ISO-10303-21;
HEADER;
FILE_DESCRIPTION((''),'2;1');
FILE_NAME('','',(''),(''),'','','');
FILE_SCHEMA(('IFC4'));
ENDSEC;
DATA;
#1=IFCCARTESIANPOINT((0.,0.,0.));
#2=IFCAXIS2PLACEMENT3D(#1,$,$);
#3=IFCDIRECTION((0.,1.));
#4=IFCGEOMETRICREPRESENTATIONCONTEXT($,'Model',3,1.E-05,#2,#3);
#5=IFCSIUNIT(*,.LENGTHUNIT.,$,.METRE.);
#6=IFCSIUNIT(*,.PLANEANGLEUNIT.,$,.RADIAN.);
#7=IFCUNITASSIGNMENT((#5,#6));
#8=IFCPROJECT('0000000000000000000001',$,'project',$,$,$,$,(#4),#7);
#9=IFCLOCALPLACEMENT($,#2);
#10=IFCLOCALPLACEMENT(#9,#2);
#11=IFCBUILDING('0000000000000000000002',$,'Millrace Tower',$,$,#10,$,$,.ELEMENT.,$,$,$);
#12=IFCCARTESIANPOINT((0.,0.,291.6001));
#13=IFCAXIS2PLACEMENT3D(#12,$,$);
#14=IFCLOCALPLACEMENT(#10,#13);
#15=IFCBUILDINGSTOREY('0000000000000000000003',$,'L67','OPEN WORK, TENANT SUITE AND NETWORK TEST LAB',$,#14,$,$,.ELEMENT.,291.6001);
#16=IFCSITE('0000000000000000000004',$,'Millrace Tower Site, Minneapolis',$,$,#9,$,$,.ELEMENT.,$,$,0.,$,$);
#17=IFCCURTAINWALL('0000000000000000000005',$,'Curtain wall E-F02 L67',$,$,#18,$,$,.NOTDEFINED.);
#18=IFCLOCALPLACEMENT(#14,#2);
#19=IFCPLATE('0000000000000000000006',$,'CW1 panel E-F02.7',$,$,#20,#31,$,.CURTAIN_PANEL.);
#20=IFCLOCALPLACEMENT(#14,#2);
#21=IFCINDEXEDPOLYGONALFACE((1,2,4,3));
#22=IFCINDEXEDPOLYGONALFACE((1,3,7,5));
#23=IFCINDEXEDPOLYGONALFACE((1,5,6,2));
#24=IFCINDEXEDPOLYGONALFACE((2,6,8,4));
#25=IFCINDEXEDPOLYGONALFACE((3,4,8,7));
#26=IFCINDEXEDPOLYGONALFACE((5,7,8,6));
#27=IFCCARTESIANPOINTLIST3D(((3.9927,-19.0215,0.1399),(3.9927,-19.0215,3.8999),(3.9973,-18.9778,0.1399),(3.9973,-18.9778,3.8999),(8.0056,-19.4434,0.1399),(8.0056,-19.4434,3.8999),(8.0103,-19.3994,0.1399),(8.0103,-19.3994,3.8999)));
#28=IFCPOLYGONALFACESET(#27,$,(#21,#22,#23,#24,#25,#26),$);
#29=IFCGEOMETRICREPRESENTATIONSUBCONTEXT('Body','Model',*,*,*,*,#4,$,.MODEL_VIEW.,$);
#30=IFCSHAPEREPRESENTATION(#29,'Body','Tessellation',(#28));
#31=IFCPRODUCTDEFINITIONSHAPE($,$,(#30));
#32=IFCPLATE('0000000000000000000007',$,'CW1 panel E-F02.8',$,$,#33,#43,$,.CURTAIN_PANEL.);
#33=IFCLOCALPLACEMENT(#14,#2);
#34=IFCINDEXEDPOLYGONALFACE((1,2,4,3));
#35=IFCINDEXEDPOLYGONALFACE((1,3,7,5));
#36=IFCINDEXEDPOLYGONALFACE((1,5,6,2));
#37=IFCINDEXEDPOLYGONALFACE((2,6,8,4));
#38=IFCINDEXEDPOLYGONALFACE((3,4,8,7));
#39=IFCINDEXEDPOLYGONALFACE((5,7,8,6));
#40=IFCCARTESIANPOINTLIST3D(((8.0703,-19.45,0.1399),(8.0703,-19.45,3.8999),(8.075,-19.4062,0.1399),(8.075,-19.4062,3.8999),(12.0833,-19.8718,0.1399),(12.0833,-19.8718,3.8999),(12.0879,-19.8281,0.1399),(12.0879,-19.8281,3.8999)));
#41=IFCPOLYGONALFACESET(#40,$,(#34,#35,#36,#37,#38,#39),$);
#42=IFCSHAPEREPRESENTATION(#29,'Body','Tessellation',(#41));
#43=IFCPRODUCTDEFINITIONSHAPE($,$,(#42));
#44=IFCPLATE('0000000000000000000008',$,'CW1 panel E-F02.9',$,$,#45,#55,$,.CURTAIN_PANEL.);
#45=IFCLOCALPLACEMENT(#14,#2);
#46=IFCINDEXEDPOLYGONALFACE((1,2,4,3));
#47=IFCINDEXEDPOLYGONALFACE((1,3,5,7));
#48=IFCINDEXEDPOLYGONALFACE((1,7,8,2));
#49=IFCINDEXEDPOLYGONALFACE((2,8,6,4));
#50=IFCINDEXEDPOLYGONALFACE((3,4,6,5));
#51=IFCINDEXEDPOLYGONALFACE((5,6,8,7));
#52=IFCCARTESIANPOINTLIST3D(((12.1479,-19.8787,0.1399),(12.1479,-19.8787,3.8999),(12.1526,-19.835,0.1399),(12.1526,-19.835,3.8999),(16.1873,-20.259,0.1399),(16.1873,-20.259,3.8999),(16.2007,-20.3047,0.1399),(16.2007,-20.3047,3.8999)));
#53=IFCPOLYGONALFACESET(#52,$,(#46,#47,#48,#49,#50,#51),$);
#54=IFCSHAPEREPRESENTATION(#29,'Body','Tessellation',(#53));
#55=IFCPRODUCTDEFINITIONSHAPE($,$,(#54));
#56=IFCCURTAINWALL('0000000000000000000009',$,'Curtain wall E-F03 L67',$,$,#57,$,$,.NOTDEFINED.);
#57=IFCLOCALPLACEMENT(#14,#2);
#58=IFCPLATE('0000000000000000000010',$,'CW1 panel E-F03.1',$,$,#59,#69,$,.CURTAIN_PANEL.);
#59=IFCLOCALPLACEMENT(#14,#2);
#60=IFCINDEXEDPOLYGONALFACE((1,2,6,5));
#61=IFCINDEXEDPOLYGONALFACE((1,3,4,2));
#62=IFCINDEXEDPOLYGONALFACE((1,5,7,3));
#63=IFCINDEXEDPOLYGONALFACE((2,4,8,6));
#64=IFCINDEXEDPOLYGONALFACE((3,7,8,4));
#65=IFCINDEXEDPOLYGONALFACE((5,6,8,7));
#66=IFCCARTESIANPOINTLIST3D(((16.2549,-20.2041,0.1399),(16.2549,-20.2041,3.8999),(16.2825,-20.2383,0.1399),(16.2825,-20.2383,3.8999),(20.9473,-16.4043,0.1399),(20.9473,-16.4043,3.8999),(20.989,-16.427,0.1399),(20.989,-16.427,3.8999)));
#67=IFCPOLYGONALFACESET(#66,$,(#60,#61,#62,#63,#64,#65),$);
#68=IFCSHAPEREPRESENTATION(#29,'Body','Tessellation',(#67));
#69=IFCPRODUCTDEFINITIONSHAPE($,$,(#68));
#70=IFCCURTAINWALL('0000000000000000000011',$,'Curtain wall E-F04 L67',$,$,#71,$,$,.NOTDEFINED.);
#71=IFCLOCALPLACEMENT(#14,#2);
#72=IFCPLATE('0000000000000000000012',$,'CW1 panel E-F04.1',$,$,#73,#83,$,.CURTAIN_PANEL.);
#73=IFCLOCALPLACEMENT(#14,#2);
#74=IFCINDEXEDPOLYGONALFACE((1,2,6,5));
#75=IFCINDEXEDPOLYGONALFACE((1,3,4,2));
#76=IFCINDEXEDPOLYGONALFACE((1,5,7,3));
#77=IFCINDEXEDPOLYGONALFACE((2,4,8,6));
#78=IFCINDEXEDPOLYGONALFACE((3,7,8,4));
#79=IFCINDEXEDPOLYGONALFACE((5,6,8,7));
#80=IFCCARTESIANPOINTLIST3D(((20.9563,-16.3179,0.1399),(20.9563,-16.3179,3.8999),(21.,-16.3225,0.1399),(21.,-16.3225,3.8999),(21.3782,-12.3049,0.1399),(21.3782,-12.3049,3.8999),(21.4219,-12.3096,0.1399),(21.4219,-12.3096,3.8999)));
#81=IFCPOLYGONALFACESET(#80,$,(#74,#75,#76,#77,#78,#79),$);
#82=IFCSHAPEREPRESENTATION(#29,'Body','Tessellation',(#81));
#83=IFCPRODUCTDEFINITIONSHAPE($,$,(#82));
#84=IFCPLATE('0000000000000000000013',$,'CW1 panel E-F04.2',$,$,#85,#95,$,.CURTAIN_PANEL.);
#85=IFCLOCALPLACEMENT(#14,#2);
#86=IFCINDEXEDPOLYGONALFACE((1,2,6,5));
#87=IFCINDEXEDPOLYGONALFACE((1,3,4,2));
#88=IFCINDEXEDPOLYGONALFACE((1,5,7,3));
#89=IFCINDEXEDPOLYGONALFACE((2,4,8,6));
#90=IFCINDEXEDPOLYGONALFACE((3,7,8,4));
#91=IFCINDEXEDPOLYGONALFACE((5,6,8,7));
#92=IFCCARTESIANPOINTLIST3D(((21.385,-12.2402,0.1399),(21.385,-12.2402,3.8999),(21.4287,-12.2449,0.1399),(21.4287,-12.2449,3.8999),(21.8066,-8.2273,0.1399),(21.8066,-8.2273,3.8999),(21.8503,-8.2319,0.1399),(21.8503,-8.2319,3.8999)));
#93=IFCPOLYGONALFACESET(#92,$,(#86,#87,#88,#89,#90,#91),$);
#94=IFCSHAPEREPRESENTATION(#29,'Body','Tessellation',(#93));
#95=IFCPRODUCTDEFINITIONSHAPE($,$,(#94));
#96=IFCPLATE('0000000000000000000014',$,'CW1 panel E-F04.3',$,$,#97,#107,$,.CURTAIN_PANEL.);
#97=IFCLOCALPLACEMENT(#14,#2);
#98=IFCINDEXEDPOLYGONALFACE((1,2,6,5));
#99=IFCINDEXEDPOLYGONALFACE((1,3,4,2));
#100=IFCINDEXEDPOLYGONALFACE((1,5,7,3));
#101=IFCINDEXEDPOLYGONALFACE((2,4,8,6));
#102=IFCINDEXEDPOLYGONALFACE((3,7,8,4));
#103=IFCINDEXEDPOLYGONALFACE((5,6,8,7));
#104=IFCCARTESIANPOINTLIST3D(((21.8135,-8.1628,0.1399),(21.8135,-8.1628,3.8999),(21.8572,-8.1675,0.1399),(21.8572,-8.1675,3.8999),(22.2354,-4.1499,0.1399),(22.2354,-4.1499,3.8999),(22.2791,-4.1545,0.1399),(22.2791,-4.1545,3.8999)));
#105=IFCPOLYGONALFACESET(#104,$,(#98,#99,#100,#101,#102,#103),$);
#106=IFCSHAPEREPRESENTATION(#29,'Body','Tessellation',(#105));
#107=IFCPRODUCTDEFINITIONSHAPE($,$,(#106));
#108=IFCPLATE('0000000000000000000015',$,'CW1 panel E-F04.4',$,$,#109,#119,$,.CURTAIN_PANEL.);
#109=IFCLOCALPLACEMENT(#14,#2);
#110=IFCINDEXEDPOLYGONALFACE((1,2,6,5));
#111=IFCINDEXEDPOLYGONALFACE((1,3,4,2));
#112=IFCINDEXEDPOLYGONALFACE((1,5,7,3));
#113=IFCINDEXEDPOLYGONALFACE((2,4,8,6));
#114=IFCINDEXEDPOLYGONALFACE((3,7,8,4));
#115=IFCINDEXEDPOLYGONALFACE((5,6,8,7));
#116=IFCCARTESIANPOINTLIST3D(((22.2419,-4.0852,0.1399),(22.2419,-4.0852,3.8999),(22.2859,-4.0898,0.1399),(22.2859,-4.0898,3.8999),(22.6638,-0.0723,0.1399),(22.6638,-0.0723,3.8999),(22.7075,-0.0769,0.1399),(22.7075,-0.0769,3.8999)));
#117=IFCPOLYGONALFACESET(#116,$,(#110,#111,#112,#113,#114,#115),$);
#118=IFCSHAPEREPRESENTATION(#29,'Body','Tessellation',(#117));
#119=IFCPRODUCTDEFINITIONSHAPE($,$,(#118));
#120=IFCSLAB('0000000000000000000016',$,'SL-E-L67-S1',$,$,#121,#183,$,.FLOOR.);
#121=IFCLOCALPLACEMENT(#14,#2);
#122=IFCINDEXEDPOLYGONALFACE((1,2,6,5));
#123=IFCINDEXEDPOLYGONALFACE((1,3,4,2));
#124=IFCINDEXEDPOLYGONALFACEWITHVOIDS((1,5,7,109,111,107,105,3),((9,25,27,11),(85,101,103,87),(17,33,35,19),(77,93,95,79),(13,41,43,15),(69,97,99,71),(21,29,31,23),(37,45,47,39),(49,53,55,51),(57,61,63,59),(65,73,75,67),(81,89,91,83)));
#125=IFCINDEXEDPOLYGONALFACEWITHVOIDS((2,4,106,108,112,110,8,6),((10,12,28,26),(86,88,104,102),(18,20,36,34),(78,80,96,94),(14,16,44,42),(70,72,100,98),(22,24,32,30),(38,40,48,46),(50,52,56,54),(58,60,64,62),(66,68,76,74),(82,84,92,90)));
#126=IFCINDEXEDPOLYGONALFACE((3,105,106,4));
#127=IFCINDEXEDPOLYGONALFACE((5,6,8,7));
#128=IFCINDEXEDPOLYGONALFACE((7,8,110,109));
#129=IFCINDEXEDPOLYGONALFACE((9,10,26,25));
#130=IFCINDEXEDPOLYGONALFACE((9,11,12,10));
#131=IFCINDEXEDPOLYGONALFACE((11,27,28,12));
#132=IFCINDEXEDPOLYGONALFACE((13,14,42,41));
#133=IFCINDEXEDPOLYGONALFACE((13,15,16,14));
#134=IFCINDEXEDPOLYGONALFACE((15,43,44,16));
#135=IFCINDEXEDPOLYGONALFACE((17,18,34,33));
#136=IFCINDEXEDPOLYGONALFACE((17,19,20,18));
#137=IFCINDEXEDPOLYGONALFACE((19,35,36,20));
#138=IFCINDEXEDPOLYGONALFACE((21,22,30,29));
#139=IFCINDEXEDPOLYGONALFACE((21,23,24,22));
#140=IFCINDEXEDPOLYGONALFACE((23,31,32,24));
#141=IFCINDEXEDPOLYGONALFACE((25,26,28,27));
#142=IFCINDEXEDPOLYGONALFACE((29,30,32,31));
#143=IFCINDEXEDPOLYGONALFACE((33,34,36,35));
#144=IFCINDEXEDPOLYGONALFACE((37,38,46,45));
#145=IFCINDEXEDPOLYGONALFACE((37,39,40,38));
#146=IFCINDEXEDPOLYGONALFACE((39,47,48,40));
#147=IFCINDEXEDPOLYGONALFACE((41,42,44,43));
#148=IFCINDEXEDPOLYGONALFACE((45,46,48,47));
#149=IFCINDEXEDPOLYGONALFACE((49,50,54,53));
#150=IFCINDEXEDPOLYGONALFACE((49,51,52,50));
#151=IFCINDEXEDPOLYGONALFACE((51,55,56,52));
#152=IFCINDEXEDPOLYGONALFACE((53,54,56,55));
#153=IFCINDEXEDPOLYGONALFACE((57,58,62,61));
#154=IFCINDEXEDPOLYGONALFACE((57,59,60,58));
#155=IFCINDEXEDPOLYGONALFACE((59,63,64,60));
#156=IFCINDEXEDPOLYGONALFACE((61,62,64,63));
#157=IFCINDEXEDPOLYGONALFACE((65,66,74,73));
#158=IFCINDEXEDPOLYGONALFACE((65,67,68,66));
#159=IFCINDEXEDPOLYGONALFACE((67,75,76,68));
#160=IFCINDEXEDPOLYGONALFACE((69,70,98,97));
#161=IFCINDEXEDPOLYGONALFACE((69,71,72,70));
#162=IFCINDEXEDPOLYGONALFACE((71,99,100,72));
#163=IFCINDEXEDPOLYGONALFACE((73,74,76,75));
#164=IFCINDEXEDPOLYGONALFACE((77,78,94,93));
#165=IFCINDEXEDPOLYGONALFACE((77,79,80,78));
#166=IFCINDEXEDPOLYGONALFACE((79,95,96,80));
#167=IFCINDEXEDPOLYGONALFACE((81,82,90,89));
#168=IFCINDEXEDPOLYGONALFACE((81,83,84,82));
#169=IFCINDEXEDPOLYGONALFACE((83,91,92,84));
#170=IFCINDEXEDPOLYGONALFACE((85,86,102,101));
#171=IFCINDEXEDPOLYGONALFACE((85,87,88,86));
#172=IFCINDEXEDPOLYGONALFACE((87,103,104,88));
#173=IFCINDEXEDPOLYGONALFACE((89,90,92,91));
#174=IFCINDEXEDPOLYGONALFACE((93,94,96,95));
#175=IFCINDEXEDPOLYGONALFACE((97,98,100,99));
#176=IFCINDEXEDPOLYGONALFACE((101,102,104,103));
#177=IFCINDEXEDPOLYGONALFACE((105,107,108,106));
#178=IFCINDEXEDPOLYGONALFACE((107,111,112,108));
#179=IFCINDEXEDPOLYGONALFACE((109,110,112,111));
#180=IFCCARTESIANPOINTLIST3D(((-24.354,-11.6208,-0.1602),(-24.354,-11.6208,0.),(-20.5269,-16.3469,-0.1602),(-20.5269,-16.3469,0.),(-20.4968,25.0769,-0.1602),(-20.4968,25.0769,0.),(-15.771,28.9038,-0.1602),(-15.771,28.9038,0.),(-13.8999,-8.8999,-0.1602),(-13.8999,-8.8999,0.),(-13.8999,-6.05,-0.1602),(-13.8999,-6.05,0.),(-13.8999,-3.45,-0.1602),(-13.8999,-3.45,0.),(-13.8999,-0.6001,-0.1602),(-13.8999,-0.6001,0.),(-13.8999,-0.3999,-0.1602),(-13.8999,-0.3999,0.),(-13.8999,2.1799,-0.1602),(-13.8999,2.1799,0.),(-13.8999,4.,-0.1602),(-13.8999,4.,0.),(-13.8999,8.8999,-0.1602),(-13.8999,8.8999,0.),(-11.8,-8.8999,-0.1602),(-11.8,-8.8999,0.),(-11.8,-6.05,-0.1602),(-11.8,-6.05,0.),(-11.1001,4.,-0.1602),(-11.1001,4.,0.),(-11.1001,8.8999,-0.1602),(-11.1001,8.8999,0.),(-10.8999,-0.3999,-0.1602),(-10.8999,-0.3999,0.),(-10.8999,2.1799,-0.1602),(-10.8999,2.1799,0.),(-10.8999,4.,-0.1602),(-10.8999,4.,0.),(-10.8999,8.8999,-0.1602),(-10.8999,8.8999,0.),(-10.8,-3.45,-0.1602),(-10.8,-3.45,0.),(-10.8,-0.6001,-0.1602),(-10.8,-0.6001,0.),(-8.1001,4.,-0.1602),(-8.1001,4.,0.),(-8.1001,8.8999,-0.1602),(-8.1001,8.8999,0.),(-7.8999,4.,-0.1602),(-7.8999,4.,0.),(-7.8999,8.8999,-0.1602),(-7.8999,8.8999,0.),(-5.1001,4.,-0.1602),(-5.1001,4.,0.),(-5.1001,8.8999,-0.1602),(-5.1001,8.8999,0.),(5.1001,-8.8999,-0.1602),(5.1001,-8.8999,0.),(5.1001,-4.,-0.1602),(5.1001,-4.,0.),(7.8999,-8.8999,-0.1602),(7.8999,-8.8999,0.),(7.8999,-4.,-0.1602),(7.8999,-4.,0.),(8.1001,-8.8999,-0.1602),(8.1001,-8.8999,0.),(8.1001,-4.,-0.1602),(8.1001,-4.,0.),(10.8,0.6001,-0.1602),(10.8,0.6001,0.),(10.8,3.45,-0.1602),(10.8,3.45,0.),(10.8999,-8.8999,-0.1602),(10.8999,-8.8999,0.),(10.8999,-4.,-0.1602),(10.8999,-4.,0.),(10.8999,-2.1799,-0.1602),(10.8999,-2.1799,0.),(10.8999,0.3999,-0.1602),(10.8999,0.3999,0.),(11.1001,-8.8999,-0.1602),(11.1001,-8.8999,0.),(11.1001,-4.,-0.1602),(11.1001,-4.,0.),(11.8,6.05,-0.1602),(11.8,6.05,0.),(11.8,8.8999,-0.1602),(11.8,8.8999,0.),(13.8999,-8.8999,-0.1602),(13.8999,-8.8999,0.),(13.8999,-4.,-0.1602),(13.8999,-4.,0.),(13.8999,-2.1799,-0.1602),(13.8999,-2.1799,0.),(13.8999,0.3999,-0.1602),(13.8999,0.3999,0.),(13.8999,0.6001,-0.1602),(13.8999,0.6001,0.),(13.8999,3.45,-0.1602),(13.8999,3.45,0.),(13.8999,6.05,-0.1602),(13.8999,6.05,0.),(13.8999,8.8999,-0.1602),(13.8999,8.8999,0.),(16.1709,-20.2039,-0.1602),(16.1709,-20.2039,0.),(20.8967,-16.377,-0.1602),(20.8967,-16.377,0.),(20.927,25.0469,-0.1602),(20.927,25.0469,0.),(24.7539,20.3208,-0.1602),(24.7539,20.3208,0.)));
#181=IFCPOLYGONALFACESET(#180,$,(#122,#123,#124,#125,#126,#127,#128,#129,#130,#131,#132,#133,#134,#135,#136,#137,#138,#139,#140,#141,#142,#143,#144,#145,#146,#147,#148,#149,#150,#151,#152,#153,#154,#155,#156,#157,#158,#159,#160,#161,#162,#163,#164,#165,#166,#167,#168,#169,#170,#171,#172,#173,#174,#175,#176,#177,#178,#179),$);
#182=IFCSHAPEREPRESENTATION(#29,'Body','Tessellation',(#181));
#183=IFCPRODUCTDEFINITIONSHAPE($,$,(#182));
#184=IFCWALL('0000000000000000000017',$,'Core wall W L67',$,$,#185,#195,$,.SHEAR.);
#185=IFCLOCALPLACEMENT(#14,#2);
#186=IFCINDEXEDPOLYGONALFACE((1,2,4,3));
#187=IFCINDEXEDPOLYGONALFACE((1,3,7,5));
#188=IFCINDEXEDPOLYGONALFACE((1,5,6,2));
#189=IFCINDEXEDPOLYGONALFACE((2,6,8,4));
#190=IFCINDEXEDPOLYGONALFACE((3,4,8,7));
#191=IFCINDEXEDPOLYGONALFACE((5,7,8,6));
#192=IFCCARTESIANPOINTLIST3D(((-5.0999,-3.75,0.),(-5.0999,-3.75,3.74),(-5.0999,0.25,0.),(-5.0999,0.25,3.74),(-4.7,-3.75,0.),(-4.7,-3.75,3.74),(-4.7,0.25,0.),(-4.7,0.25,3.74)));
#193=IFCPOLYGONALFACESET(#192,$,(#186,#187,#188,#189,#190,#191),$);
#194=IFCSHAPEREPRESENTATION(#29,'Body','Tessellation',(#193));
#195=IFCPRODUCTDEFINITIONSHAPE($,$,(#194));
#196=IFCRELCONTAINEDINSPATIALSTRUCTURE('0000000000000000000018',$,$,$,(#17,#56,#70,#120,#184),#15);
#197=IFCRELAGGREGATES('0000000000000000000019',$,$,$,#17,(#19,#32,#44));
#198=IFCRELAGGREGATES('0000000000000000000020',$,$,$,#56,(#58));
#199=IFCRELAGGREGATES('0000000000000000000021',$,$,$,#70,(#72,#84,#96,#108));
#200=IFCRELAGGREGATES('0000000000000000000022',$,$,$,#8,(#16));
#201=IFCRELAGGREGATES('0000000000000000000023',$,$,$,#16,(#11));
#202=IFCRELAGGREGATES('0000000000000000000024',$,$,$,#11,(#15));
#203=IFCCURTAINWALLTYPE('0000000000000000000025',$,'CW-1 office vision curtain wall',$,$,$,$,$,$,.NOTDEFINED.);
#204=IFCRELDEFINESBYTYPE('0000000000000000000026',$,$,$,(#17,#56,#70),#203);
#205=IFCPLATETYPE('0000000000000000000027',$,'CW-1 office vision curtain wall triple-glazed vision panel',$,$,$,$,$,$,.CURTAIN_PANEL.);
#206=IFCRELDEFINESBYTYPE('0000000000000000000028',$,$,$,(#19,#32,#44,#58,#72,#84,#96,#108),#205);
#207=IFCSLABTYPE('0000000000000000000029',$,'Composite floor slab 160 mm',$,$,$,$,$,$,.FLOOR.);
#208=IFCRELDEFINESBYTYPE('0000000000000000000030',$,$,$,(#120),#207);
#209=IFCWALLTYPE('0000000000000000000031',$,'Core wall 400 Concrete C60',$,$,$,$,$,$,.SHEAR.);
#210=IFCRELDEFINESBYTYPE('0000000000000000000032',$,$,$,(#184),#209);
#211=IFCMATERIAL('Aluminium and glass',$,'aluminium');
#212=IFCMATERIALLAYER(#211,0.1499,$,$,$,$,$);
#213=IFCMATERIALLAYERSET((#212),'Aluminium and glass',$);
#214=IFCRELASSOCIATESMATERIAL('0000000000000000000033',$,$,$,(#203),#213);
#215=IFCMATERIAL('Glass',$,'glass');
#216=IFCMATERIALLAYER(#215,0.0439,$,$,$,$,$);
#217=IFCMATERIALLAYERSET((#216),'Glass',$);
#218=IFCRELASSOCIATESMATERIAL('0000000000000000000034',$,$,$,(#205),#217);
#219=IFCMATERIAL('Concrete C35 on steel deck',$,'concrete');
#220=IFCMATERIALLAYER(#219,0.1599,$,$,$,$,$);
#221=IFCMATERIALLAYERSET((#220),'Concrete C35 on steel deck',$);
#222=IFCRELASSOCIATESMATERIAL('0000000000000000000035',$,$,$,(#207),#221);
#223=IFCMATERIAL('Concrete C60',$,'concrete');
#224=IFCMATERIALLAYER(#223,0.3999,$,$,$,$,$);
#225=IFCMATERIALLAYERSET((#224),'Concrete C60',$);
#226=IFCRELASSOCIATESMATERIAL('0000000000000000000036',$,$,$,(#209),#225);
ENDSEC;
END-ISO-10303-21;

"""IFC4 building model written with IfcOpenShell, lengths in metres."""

from ifc_helpers import new_model, si_unit, direction, frame, frame_2d, origin, place, context, subcontext, project, spatial, polyline, rectangle, outline, extrude, material, layer, layer_set, type_object, element, aggregate, save


model = new_model("IFC4")

# Units and contexts
model_context = context("Model", 3, precision=1e-05, world=origin(), true_north=direction((0.0, 1.0)))
body_context = subcontext(model_context, "Body", "Model", "MODEL_VIEW")
ifc_project = project(units=[si_unit("LENGTHUNIT", "METRE"), si_unit("PLANEANGLEUNIT", "RADIAN")], contexts=[model_context])

# Site, building, storey
site_placement = place(None, origin())
site = spatial("IfcSite", under=ifc_project, at=site_placement, Name="Millrace Tower Site, Minneapolis", CompositionType="ELEMENT", RefElevation=0.0)
building_placement = place(site_placement, origin())
building = spatial("IfcBuilding", under=site, at=building_placement, Name="Millrace Tower", CompositionType="ELEMENT")
storey_placement = place(building_placement, frame((0.0, 0.0, 291.6001)))
storey = spatial("IfcBuildingStorey", under=building, at=storey_placement, Name="L67", Description="OPEN WORK, TENANT SUITE AND NETWORK TEST LAB", CompositionType="ELEMENT", Elevation=291.6001)

# Shared definitions
ifc_material_1 = material(Name="Aluminium and glass", Category="aluminium")
ifc_layer_1 = layer(ifc_material_1, 0.1499)
ifc_layer_set_1 = layer_set([ifc_layer_1], Name="Aluminium and glass")
curtain_wall_type = type_object("IfcCurtainWallType", Name="CW-1 office vision curtain wall", PredefinedType="NOTDEFINED", material=ifc_layer_set_1)
placement_1 = place(storey_placement, origin())
ifc_material_2 = material(Name="Glass", Category="glass")
ifc_layer_2 = layer(ifc_material_2, 0.0439)
ifc_layer_set_2 = layer_set([ifc_layer_2], Name="Glass")
plate_type = type_object("IfcPlateType", Name="CW-1 office vision curtain wall triple-glazed vision panel", PredefinedType="CURTAIN_PANEL", material=ifc_layer_set_2)
placement_2 = place(storey_placement, frame((0.0, 0.0, 0.1399)))

# Curtain wall, plates
curtain_wall_1 = element("IfcCurtainWall", 1, at=placement_1, inside=storey, type_object=curtain_wall_type, Name="Curtain wall E-F02 L67", PredefinedType="NOTDEFINED")
plate_1 = element("IfcPlate", 2, at=placement_2, type_object=plate_type, Name="CW1 panel E-F02.7", PredefinedType="CURTAIN_PANEL", context=body_context, shape_type="SweptSolid", body=[
    extrude(outline(polyline([(3.9927, -19.0215), (8.0056, -19.4434), (8.0103, -19.3994), (3.9973, -18.9778), (3.9927, -19.0215)])), origin(), (0.0, 0.0, 1.0), 3.76),
])
plate_2 = element("IfcPlate", 3, at=placement_2, type_object=plate_type, Name="CW1 panel E-F02.8", PredefinedType="CURTAIN_PANEL", context=body_context, shape_type="SweptSolid", body=[
    extrude(outline(polyline([(8.0703, -19.45), (12.0833, -19.8718), (12.0879, -19.8281), (8.075, -19.4062), (8.0703, -19.45)])), origin(), (0.0, 0.0, 1.0), 3.76),
])
plate_3 = element("IfcPlate", 4, at=placement_2, type_object=plate_type, Name="CW1 panel E-F02.9", PredefinedType="CURTAIN_PANEL", context=body_context, shape_type="SweptSolid", body=[
    extrude(outline(polyline([(12.1479, -19.8787), (16.2007, -20.3047), (16.1873, -20.259), (12.1526, -19.835), (12.1479, -19.8787)])), origin(), (0.0, 0.0, 1.0), 3.76),
])
aggregate(curtain_wall_1, [plate_1, plate_2, plate_3])

# Curtain wall, plate
curtain_wall_2 = element("IfcCurtainWall", 5, at=placement_1, inside=storey, type_object=curtain_wall_type, Name="Curtain wall E-F03 L67", PredefinedType="NOTDEFINED")
plate_4 = element("IfcPlate", 6, at=placement_2, type_object=plate_type, Name="CW1 panel E-F03.1", PredefinedType="CURTAIN_PANEL", context=body_context, shape_type="SweptSolid", body=[
    extrude(outline(polyline([(16.2825, -20.2383), (20.989, -16.427), (20.9473, -16.4043), (16.2549, -20.2041), (16.2825, -20.2383)])), origin(), (0.0, 0.0, 1.0), 3.76),
])
aggregate(curtain_wall_2, [plate_4])

# Curtain wall, plates
curtain_wall_3 = element("IfcCurtainWall", 7, at=placement_1, inside=storey, type_object=curtain_wall_type, Name="Curtain wall E-F04 L67", PredefinedType="NOTDEFINED")
plate_5 = element("IfcPlate", 8, at=placement_2, type_object=plate_type, Name="CW1 panel E-F04.1", PredefinedType="CURTAIN_PANEL", context=body_context, shape_type="SweptSolid", body=[
    extrude(outline(polyline([(21.0, -16.3225), (21.4219, -12.3096), (21.3782, -12.3049), (20.9563, -16.3179), (21.0, -16.3225)])), origin(), (0.0, 0.0, 1.0), 3.76),
])
plate_6 = element("IfcPlate", 9, at=placement_2, type_object=plate_type, Name="CW1 panel E-F04.2", PredefinedType="CURTAIN_PANEL", context=body_context, shape_type="SweptSolid", body=[
    extrude(outline(polyline([(21.4287, -12.2449), (21.8503, -8.2319), (21.8066, -8.2273), (21.385, -12.2402), (21.4287, -12.2449)])), origin(), (0.0, 0.0, 1.0), 3.76),
])
plate_7 = element("IfcPlate", 10, at=placement_2, type_object=plate_type, Name="CW1 panel E-F04.3", PredefinedType="CURTAIN_PANEL", context=body_context, shape_type="SweptSolid", body=[
    extrude(outline(polyline([(21.8572, -8.1675), (22.2791, -4.1545), (22.2354, -4.1499), (21.8135, -8.1628), (21.8572, -8.1675)])), origin(), (0.0, 0.0, 1.0), 3.76),
])
plate_8 = element("IfcPlate", 11, at=placement_2, type_object=plate_type, Name="CW1 panel E-F04.4", PredefinedType="CURTAIN_PANEL", context=body_context, shape_type="SweptSolid", body=[
    extrude(outline(polyline([(22.2859, -4.0898), (22.7075, -0.0769), (22.6638, -0.0723), (22.2419, -4.0852), (22.2859, -4.0898)])), origin(), (0.0, 0.0, 1.0), 3.76),
])
aggregate(curtain_wall_3, [plate_5, plate_6, plate_7, plate_8])

# Slab
ifc_material_3 = material(Name="Concrete C35 on steel deck", Category="concrete")
ifc_layer_3 = layer(ifc_material_3, 0.1599)
ifc_layer_set_3 = layer_set([ifc_layer_3], Name="Concrete C35 on steel deck")
slab_type = type_object("IfcSlabType", Name="Composite floor slab 160 mm", PredefinedType="FLOOR", material=ifc_layer_set_3)
slab_placement = place(storey_placement, frame((0.0, 0.0, -0.1602)))
element("IfcSlab", 12, at=slab_placement, inside=storey, type_object=slab_type, Name="SL-E-L67-S1", PredefinedType="FLOOR", context=body_context, shape_type="SweptSolid", body=[
    extrude(outline(polyline([(-24.354, -11.6208), (-20.5269, -16.3469), (16.1709, -20.2039), (20.8967, -16.377), (24.7539, 20.3208), (20.927, 25.0469), (-15.771, 28.9038), (-20.4968, 25.0769), (-24.354, -11.6208)]), holes=[polyline([(-13.8999, -8.8999), (-11.8, -8.8999), (-11.8, -6.05), (-13.8999, -6.05), (-13.8999, -8.8999)]), polyline([(-13.8999, -3.45), (-10.8, -3.45), (-10.8, -0.6001), (-13.8999, -0.6001), (-13.8999, -3.45)]), polyline([(-13.8999, -0.3999), (-10.8999, -0.3999), (-10.8999, 2.1799), (-13.8999, 2.1799), (-13.8999, -0.3999)]), polyline([(-13.8999, 4.0), (-11.1001, 4.0), (-11.1001, 8.8999), (-13.8999, 8.8999), (-13.8999, 4.0)]), polyline([(-10.8999, 4.0), (-8.1001, 4.0), (-8.1001, 8.8999), (-10.8999, 8.8999), (-10.8999, 4.0)]), polyline([(-7.8999, 4.0), (-5.1001, 4.0), (-5.1001, 8.8999), (-7.8999, 8.8999), (-7.8999, 4.0)]), polyline([(11.8, 6.05), (13.8999, 6.05), (13.8999, 8.8999), (11.8, 8.8999), (11.8, 6.05)]), polyline([(10.8, 0.6001), (13.8999, 0.6001), (13.8999, 3.45), (10.8, 3.45), (10.8, 0.6001)]), polyline([(10.8999, -2.1799), (13.8999, -2.1799), (13.8999, 0.3999), (10.8999, 0.3999), (10.8999, -2.1799)]), polyline([(11.1001, -8.8999), (13.8999, -8.8999), (13.8999, -4.0), (11.1001, -4.0), (11.1001, -8.8999)]), polyline([(8.1001, -8.8999), (10.8999, -8.8999), (10.8999, -4.0), (8.1001, -4.0), (8.1001, -8.8999)]), polyline([(5.1001, -8.8999), (7.8999, -8.8999), (7.8999, -4.0), (5.1001, -4.0), (5.1001, -8.8999)])]), origin(), (0.0, 0.0, 1.0), 0.1602),
])

# Wall
ifc_material_4 = material(Name="Concrete C60", Category="concrete")
ifc_layer_4 = layer(ifc_material_4, 0.3999)
ifc_layer_set_4 = layer_set([ifc_layer_4], Name="Concrete C60")
wall_type_1 = type_object("IfcWallType", Name="Core wall 400 Concrete C60", PredefinedType="SHEAR", material=ifc_layer_set_4)
wall_1_placement = place(storey_placement, frame((-4.8999, -3.75, 0.0), z_axis=(0.0, 0.0, 1.0), x_axis=(0.0, 1.0, 0.0)))
element("IfcWall", 13, at=wall_1_placement, inside=storey, type_object=wall_type_1, Name="Core wall W L67", PredefinedType="SHEAR", context=body_context, shape_type="SweptSolid", body=[
    extrude(rectangle(XDim=4.0, YDim=0.3999, at=frame_2d((2.0, 0.0))), origin(), (0.0, 0.0, 1.0), 3.74),
])

save(model, "model.ifc")
